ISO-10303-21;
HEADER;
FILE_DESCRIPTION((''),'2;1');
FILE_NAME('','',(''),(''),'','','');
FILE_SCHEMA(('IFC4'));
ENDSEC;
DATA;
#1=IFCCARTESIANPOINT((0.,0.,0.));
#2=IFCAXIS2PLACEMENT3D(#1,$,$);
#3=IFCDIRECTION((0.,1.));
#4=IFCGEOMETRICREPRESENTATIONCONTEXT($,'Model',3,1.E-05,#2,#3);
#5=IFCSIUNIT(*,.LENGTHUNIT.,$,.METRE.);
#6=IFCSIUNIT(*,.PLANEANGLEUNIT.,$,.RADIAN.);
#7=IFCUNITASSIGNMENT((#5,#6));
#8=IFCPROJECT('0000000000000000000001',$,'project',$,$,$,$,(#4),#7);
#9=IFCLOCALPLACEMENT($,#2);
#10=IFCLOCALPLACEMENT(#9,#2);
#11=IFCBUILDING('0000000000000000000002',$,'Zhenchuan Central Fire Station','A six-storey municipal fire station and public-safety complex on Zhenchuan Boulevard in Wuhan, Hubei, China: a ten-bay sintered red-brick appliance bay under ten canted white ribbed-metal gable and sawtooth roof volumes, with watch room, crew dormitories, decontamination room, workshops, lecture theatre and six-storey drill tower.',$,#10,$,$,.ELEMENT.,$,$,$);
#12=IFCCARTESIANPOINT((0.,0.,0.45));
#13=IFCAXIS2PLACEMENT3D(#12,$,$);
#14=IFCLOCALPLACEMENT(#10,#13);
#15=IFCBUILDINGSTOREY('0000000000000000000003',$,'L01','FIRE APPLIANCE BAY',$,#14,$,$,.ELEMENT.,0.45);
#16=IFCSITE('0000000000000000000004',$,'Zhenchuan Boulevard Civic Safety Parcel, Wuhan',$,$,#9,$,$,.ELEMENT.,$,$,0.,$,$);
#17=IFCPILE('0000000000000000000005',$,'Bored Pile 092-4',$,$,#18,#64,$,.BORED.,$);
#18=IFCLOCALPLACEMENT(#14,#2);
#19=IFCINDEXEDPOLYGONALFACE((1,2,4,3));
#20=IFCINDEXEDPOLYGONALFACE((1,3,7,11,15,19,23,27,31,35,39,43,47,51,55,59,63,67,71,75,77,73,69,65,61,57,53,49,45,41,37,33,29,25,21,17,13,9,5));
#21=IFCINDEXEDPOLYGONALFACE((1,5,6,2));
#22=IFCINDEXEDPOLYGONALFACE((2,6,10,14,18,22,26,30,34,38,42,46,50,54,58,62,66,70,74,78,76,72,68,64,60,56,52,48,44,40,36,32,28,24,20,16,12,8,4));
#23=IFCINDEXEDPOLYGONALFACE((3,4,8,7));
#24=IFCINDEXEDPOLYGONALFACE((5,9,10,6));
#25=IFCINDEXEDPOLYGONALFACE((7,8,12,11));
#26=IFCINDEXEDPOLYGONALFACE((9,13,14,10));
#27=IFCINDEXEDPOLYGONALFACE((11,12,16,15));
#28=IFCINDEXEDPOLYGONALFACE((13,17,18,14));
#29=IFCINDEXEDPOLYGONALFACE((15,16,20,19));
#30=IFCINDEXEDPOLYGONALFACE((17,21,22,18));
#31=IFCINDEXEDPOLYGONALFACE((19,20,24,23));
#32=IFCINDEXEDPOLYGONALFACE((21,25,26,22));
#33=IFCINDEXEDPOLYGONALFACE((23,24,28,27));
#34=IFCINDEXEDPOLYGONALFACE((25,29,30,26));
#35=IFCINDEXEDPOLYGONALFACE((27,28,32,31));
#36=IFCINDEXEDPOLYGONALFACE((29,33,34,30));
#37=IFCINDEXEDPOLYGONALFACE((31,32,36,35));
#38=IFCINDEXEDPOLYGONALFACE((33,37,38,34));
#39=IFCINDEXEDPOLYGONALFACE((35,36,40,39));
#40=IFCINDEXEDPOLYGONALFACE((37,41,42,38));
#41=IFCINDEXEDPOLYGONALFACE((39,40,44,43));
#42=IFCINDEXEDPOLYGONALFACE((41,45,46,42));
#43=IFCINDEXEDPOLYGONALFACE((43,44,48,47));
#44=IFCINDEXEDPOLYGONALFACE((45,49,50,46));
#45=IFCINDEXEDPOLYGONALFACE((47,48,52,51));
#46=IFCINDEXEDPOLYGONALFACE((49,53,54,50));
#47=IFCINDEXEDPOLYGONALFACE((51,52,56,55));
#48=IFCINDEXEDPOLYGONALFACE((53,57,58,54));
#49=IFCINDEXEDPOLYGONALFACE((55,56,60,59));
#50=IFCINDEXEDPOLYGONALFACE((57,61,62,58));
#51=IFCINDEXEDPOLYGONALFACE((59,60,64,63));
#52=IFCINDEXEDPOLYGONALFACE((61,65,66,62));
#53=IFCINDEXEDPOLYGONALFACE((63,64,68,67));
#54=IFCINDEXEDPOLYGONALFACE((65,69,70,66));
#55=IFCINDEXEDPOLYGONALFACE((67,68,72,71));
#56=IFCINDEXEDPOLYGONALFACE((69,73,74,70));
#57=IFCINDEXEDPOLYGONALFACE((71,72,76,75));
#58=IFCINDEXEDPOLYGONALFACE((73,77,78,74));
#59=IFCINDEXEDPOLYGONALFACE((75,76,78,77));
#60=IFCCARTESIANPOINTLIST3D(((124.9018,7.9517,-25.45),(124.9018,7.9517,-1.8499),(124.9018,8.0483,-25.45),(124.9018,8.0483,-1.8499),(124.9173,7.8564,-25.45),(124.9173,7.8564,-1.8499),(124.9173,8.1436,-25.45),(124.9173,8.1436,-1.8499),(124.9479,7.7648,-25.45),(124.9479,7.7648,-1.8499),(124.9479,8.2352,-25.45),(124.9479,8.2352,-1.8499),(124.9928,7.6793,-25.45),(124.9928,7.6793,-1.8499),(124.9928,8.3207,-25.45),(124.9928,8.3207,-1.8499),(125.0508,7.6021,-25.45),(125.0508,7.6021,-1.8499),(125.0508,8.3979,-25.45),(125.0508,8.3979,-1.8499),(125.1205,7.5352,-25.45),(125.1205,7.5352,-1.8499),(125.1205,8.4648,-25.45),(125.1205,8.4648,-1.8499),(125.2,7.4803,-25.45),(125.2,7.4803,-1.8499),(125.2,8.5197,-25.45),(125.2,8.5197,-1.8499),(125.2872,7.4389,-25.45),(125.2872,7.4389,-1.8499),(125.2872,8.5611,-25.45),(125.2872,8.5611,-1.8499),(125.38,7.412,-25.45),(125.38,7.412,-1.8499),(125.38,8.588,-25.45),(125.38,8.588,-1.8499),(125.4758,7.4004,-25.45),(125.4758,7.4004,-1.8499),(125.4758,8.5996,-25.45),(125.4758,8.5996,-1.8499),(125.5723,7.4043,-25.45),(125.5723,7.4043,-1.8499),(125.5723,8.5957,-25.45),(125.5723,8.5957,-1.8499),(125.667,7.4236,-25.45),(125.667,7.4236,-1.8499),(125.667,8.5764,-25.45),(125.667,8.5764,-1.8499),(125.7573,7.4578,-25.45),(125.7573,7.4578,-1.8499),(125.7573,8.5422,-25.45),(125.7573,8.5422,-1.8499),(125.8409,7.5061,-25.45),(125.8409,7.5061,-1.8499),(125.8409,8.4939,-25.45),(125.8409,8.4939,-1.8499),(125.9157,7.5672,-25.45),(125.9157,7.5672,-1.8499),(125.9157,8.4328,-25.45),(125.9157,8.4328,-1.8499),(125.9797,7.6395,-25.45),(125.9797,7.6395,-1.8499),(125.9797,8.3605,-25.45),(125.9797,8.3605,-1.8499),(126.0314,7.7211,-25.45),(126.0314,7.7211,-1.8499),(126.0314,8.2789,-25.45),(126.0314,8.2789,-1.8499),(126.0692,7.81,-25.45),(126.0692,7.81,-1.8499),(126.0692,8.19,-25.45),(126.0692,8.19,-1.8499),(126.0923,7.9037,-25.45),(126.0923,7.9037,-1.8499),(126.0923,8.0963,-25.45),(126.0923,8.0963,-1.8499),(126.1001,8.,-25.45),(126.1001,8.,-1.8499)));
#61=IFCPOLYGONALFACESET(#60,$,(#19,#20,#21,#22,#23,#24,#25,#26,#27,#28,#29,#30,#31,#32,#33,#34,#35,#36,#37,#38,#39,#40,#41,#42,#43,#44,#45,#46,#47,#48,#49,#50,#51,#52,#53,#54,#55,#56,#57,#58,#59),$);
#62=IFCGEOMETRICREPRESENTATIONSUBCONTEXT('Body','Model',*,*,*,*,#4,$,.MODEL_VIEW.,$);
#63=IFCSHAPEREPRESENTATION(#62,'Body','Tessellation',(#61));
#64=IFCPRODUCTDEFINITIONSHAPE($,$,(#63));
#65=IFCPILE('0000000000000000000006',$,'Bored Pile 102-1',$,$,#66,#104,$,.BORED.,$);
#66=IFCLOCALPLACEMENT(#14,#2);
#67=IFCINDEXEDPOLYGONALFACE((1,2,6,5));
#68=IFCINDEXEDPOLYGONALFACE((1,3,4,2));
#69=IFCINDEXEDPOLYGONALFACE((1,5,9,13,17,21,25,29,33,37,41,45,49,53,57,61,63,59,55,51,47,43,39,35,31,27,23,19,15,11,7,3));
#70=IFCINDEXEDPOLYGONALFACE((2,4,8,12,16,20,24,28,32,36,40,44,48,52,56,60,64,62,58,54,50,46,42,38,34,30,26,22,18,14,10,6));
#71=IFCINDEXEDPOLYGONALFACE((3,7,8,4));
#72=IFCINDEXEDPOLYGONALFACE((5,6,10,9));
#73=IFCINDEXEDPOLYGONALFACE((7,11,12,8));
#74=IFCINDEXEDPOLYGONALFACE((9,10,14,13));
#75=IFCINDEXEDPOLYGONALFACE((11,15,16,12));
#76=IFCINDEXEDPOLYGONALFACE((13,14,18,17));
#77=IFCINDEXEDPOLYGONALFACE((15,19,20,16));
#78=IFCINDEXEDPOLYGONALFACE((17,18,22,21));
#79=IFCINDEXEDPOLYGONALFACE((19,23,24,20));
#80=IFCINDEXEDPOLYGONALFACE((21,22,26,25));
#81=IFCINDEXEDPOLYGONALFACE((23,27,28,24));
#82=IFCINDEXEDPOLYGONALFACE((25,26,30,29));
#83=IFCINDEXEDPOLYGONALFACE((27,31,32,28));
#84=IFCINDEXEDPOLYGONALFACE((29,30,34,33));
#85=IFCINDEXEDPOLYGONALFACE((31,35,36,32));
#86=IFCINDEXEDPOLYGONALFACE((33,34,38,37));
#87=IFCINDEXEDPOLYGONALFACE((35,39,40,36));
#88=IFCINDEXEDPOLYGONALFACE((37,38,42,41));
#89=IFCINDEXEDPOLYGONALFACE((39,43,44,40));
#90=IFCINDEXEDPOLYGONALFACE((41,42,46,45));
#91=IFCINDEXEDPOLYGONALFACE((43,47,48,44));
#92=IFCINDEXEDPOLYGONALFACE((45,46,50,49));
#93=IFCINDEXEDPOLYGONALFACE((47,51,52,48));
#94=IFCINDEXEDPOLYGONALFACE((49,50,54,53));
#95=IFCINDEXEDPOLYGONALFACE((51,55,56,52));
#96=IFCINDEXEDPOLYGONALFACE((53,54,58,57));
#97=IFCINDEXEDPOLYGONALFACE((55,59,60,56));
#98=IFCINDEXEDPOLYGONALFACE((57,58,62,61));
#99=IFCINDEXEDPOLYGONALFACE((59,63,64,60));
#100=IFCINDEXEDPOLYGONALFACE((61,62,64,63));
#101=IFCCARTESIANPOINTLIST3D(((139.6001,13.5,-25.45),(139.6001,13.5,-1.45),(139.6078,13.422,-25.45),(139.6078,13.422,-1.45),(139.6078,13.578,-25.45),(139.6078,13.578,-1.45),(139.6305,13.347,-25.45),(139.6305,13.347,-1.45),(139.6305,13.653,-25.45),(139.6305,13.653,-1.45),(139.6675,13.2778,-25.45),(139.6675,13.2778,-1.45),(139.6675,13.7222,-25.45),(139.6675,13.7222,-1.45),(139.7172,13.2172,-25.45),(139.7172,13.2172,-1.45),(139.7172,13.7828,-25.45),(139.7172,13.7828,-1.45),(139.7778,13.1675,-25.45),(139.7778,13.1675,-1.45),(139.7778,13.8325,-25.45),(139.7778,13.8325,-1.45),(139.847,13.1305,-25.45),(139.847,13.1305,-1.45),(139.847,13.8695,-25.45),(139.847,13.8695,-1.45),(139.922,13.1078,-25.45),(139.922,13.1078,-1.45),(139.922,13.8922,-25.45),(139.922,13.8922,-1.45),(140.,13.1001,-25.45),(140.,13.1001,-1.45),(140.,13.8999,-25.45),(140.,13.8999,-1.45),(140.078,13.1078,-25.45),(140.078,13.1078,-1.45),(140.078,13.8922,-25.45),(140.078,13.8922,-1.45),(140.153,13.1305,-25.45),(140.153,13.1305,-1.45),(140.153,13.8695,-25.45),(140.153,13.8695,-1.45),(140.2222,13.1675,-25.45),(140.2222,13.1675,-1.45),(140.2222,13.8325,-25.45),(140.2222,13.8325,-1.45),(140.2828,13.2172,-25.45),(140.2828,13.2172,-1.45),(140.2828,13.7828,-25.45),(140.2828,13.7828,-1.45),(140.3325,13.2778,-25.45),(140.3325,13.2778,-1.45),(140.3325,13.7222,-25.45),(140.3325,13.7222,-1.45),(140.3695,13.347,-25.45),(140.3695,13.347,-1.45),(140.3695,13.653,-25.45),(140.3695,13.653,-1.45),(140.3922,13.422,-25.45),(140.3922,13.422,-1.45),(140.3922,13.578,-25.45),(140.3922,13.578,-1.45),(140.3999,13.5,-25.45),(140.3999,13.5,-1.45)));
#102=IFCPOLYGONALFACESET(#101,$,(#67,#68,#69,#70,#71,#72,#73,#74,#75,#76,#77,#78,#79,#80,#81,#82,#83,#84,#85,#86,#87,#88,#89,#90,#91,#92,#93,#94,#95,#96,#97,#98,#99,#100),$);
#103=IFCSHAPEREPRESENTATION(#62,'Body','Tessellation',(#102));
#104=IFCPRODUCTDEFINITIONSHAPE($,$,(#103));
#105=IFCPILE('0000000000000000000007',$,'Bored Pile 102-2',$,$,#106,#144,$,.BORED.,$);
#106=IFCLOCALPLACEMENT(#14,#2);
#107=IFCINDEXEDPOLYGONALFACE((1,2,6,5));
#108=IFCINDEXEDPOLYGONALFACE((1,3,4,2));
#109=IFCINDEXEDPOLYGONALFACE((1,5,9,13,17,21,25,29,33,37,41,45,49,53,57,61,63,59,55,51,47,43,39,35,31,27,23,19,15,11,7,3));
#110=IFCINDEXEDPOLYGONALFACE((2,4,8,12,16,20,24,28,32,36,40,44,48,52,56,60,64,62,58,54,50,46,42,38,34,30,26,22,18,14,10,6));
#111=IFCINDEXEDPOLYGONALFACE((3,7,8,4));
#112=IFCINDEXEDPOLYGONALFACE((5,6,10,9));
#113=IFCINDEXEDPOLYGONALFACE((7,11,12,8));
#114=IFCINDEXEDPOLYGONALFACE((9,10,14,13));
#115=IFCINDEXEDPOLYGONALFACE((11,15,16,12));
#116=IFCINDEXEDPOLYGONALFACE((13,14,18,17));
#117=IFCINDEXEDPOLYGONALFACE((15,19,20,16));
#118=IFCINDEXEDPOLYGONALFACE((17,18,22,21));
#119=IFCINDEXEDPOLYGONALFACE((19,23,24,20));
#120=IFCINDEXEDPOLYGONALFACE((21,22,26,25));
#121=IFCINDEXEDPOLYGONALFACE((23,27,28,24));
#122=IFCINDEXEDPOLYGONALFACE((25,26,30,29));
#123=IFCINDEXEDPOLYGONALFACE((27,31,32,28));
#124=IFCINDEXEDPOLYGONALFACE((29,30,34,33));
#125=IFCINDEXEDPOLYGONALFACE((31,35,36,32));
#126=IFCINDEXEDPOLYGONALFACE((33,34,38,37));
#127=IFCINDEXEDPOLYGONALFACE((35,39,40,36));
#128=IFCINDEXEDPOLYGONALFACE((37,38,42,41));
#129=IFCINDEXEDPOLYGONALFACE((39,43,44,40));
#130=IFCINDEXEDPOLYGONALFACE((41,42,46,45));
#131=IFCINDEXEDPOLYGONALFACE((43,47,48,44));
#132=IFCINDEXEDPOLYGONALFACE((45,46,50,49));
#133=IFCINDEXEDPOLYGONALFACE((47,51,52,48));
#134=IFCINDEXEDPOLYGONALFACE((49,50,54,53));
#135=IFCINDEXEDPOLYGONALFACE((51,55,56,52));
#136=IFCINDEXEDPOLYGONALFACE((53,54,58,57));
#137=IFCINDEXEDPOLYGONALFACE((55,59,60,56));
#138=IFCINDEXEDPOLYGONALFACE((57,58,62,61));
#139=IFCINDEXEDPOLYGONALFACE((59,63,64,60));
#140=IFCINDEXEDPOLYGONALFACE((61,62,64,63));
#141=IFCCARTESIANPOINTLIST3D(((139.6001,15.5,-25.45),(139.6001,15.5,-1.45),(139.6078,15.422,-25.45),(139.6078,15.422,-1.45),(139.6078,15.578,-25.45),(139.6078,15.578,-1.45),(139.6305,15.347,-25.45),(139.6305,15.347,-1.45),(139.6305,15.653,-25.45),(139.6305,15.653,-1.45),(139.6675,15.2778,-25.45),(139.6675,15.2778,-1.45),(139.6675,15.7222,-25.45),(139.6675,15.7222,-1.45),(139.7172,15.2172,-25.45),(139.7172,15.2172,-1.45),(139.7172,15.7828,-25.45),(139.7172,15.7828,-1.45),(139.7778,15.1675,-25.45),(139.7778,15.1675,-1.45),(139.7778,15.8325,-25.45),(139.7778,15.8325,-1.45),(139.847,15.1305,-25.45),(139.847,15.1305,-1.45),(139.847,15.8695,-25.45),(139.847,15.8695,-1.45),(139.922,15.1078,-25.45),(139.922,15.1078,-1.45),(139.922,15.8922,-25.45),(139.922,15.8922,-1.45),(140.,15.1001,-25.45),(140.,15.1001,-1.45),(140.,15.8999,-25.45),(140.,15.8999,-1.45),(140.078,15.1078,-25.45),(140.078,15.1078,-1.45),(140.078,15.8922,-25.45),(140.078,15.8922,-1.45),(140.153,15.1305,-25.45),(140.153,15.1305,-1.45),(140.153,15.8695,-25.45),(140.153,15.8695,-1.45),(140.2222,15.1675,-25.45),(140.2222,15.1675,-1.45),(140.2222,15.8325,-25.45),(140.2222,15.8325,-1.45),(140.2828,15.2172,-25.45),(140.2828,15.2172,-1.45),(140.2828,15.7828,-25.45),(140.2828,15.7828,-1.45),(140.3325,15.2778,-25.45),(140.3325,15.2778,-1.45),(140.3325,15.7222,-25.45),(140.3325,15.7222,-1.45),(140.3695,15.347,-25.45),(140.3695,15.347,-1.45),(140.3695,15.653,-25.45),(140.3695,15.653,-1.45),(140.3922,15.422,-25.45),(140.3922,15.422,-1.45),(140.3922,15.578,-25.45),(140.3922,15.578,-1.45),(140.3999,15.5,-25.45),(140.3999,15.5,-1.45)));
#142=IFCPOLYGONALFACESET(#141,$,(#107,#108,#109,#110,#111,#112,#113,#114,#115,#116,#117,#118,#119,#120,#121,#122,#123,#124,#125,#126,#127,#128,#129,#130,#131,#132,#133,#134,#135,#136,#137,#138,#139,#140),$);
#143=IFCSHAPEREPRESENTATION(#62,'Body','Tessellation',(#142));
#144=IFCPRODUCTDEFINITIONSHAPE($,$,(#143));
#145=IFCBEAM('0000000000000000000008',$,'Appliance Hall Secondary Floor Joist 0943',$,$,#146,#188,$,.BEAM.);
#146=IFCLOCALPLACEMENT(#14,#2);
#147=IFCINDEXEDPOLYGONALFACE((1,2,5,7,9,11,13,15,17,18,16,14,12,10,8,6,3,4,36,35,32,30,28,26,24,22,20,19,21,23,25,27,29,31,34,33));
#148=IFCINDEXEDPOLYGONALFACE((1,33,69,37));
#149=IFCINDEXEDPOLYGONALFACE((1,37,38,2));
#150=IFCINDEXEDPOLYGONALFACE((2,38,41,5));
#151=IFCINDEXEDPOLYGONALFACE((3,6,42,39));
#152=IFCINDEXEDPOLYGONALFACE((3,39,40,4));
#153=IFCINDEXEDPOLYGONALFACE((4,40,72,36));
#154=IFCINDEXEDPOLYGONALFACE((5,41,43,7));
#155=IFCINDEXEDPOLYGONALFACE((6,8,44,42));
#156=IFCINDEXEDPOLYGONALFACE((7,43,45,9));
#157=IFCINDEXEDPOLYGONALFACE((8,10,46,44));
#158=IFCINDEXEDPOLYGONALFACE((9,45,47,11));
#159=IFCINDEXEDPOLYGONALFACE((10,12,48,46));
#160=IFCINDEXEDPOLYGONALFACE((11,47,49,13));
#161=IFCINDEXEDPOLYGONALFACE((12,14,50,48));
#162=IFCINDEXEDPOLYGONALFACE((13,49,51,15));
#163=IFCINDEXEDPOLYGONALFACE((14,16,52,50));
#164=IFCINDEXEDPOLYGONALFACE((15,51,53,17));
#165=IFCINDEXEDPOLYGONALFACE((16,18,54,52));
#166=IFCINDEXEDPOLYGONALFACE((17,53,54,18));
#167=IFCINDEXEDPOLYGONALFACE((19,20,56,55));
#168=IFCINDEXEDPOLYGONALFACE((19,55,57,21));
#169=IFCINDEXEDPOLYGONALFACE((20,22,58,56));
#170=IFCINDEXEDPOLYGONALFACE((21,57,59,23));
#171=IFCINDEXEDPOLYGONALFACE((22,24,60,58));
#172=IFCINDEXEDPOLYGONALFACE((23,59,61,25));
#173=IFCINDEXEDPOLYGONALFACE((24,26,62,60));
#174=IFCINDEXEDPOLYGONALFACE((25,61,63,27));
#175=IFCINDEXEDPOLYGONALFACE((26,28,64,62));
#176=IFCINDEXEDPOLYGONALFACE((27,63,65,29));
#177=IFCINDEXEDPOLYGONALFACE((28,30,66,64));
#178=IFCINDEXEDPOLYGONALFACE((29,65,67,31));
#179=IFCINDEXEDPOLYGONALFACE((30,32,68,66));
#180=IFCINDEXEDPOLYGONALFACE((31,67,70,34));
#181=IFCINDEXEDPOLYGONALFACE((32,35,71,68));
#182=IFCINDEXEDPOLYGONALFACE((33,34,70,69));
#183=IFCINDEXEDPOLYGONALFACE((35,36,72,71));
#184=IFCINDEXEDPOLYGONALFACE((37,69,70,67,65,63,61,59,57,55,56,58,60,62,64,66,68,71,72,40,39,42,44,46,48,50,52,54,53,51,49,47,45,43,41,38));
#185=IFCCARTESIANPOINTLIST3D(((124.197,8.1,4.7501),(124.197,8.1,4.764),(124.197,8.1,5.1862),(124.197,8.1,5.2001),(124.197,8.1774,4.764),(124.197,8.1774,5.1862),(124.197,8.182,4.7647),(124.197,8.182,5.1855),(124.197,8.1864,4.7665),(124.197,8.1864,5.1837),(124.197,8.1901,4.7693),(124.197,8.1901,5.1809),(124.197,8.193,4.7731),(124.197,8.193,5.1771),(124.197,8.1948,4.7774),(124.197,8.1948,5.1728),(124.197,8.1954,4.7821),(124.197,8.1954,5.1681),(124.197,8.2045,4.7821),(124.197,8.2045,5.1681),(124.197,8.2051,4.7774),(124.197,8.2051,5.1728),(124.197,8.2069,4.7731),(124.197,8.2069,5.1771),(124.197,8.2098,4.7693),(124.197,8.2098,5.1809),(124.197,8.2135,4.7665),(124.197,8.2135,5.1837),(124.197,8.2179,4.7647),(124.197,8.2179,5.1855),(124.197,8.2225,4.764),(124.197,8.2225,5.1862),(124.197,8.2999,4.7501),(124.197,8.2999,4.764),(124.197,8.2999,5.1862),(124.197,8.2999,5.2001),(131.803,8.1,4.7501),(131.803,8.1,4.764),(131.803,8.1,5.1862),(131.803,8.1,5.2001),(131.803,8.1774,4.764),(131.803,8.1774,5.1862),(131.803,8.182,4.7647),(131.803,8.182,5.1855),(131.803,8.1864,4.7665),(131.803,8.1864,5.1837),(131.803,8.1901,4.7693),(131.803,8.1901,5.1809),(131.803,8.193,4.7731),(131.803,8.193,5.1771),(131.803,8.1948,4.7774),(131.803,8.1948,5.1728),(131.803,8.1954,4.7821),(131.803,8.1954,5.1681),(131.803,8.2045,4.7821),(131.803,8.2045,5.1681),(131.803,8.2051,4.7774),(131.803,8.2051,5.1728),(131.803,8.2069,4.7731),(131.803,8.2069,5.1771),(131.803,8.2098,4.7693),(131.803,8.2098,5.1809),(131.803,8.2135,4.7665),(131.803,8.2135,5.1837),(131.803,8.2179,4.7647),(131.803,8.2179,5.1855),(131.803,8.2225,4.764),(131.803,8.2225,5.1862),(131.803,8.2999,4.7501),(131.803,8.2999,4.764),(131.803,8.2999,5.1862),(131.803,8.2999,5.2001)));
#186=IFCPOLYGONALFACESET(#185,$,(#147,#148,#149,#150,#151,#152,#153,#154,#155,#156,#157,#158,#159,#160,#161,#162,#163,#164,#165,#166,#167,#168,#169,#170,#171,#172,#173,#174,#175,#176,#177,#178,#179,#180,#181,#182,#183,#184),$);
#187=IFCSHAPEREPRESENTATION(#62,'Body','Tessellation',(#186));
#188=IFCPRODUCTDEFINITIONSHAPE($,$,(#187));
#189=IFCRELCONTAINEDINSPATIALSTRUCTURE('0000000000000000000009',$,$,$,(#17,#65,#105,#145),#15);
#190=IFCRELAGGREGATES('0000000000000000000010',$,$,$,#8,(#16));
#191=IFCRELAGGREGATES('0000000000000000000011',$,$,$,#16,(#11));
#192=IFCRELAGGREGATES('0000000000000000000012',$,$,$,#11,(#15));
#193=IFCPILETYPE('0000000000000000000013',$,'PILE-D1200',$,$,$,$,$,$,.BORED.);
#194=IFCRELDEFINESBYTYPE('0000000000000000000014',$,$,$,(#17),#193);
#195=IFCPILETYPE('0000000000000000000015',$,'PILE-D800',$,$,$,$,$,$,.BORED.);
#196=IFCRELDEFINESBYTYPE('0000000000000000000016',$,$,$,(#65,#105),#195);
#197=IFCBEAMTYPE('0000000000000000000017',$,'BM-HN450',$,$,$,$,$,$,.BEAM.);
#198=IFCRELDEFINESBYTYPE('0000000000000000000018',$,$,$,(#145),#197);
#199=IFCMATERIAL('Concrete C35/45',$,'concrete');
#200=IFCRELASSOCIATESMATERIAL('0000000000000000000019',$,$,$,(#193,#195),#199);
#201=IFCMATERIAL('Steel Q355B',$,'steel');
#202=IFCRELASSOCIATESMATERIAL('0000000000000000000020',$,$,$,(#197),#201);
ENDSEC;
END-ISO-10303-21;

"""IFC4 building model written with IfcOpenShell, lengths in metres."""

from ifc_helpers import new_model, si_unit, direction, frame, origin, origin_2d, place, context, subcontext, project, spatial, circle, i_section, extrude, material, material_profile, profile_set, type_object, element, save


model = new_model("IFC4")

# Units and contexts
model_context = context("Model", 3, precision=1e-05, world=origin(), true_north=direction((0.0, 1.0)))
body_context = subcontext(model_context, "Body", "Model", "MODEL_VIEW")
ifc_project = project(units=[si_unit("LENGTHUNIT", "METRE"), si_unit("PLANEANGLEUNIT", "RADIAN")], contexts=[model_context])

# Site, building, storey
site_placement = place(None, origin())
site = spatial("IfcSite", under=ifc_project, at=site_placement, Name="Zhenchuan Boulevard Civic Safety Parcel, Wuhan", CompositionType="ELEMENT", RefElevation=0.0)
building_placement = place(site_placement, origin())
building = spatial("IfcBuilding", under=site, at=building_placement, Name="Zhenchuan Central Fire Station", Description="A six-storey municipal fire station and public-safety complex on Zhenchuan Boulevard in Wuhan, Hubei, China: a ten-bay sintered red-brick appliance bay under ten canted white ribbed-metal gable and sawtooth roof volumes, with watch room, crew dormitories, decontamination room, workshops, lecture theatre and six-storey drill tower.", CompositionType="ELEMENT")
storey_placement = place(building_placement, frame((0.0, 0.0, 0.45)))
storey = spatial("IfcBuildingStorey", under=building, at=storey_placement, Name="L01", Description="FIRE APPLIANCE BAY", CompositionType="ELEMENT", Elevation=0.45)

# Piles
ifc_material_1 = material(Name="Concrete C35/45", Category="concrete")
ifc_material_profile_1 = material_profile(ifc_material_1, circle(Radius=0.6001, at=origin_2d()), Name="PILE D1200")
ifc_profile_set_1 = profile_set([ifc_material_profile_1], Name="Concrete C35/45")
pile_type_1 = type_object("IfcPileType", Name="PILE-D1200", PredefinedType="BORED", material=ifc_profile_set_1)
pile_1_placement = place(storey_placement, frame((125.5, 8.0, -1.8499), z_axis=(0.0, 0.0, -1.0), x_axis=(1.0, 0.0, 0.0)))
element("IfcPile", 1, at=pile_1_placement, inside=storey, type_object=pile_type_1, Name="Bored Pile 092-4", PredefinedType="BORED", context=body_context, shape_type="SweptSolid", body=[
    extrude(circle(Radius=0.6001, at=origin_2d()), origin(), (0.0, 0.0, 1.0), 23.6001),
])
ifc_material_profile_2 = material_profile(ifc_material_1, circle(Radius=0.3999, at=origin_2d()), Name="PILE D800")
ifc_profile_set_2 = profile_set([ifc_material_profile_2], Name="Concrete C35/45")
pile_type_2 = type_object("IfcPileType", Name="PILE-D800", PredefinedType="BORED", material=ifc_profile_set_2)
for number, where, z_axis, x_axis, name in (
    (2, (140.0, 13.5, -1.45), (0.0, 0.0, -1.0), (1.0, 0.0, 0.0), "Bored Pile 102-1"),
    (3, (140.0, 15.5, -1.45), (0.0, 0.0, -1.0), (1.0, 0.0, 0.0), "Bored Pile 102-2"),
):
    element("IfcPile", number, at=place(storey_placement, frame(where, z_axis=z_axis, x_axis=x_axis)), inside=storey, type_object=pile_type_2, Name=name, PredefinedType="BORED", context=body_context, shape_type="SweptSolid", body=[
        extrude(circle(Radius=0.3999, at=origin_2d()), origin(), (0.0, 0.0, 1.0), 24.0),
    ])

# Beam
ifc_material_2 = material(Name="Steel Q355B", Category="steel")
ifc_material_profile_3 = material_profile(ifc_material_2, i_section(OverallWidth=0.2, OverallDepth=0.45, WebThickness=0.009, FlangeThickness=0.0139, FilletRadius=0.0181, at=origin_2d()), Name="HN 450x200")
ifc_profile_set_3 = profile_set([ifc_material_profile_3], Name="Steel Q355B")
beam_type_1 = type_object("IfcBeamType", Name="BM-HN450", PredefinedType="BEAM", material=ifc_profile_set_3)
for number, where, z_axis, x_axis, name in (
    (4, (124.197, 8.2, 4.9751), (1.0, 0.0, 0.0), (0.0, 1.0, 0.0), "Appliance Hall Secondary Floor Joist 0943"),
):
    element("IfcBeam", number, at=place(storey_placement, frame(where, z_axis=z_axis, x_axis=x_axis)), inside=storey, type_object=beam_type_1, Name=name, PredefinedType="BEAM", context=body_context, shape_type="SweptSolid", body=[
        extrude(i_section(OverallWidth=0.2, OverallDepth=0.45, WebThickness=0.009, FlangeThickness=0.0139, FilletRadius=0.0181, at=origin_2d()), origin(), (0.0, 0.0, 1.0), 7.606),
    ])

save(model, "model.ifc")
